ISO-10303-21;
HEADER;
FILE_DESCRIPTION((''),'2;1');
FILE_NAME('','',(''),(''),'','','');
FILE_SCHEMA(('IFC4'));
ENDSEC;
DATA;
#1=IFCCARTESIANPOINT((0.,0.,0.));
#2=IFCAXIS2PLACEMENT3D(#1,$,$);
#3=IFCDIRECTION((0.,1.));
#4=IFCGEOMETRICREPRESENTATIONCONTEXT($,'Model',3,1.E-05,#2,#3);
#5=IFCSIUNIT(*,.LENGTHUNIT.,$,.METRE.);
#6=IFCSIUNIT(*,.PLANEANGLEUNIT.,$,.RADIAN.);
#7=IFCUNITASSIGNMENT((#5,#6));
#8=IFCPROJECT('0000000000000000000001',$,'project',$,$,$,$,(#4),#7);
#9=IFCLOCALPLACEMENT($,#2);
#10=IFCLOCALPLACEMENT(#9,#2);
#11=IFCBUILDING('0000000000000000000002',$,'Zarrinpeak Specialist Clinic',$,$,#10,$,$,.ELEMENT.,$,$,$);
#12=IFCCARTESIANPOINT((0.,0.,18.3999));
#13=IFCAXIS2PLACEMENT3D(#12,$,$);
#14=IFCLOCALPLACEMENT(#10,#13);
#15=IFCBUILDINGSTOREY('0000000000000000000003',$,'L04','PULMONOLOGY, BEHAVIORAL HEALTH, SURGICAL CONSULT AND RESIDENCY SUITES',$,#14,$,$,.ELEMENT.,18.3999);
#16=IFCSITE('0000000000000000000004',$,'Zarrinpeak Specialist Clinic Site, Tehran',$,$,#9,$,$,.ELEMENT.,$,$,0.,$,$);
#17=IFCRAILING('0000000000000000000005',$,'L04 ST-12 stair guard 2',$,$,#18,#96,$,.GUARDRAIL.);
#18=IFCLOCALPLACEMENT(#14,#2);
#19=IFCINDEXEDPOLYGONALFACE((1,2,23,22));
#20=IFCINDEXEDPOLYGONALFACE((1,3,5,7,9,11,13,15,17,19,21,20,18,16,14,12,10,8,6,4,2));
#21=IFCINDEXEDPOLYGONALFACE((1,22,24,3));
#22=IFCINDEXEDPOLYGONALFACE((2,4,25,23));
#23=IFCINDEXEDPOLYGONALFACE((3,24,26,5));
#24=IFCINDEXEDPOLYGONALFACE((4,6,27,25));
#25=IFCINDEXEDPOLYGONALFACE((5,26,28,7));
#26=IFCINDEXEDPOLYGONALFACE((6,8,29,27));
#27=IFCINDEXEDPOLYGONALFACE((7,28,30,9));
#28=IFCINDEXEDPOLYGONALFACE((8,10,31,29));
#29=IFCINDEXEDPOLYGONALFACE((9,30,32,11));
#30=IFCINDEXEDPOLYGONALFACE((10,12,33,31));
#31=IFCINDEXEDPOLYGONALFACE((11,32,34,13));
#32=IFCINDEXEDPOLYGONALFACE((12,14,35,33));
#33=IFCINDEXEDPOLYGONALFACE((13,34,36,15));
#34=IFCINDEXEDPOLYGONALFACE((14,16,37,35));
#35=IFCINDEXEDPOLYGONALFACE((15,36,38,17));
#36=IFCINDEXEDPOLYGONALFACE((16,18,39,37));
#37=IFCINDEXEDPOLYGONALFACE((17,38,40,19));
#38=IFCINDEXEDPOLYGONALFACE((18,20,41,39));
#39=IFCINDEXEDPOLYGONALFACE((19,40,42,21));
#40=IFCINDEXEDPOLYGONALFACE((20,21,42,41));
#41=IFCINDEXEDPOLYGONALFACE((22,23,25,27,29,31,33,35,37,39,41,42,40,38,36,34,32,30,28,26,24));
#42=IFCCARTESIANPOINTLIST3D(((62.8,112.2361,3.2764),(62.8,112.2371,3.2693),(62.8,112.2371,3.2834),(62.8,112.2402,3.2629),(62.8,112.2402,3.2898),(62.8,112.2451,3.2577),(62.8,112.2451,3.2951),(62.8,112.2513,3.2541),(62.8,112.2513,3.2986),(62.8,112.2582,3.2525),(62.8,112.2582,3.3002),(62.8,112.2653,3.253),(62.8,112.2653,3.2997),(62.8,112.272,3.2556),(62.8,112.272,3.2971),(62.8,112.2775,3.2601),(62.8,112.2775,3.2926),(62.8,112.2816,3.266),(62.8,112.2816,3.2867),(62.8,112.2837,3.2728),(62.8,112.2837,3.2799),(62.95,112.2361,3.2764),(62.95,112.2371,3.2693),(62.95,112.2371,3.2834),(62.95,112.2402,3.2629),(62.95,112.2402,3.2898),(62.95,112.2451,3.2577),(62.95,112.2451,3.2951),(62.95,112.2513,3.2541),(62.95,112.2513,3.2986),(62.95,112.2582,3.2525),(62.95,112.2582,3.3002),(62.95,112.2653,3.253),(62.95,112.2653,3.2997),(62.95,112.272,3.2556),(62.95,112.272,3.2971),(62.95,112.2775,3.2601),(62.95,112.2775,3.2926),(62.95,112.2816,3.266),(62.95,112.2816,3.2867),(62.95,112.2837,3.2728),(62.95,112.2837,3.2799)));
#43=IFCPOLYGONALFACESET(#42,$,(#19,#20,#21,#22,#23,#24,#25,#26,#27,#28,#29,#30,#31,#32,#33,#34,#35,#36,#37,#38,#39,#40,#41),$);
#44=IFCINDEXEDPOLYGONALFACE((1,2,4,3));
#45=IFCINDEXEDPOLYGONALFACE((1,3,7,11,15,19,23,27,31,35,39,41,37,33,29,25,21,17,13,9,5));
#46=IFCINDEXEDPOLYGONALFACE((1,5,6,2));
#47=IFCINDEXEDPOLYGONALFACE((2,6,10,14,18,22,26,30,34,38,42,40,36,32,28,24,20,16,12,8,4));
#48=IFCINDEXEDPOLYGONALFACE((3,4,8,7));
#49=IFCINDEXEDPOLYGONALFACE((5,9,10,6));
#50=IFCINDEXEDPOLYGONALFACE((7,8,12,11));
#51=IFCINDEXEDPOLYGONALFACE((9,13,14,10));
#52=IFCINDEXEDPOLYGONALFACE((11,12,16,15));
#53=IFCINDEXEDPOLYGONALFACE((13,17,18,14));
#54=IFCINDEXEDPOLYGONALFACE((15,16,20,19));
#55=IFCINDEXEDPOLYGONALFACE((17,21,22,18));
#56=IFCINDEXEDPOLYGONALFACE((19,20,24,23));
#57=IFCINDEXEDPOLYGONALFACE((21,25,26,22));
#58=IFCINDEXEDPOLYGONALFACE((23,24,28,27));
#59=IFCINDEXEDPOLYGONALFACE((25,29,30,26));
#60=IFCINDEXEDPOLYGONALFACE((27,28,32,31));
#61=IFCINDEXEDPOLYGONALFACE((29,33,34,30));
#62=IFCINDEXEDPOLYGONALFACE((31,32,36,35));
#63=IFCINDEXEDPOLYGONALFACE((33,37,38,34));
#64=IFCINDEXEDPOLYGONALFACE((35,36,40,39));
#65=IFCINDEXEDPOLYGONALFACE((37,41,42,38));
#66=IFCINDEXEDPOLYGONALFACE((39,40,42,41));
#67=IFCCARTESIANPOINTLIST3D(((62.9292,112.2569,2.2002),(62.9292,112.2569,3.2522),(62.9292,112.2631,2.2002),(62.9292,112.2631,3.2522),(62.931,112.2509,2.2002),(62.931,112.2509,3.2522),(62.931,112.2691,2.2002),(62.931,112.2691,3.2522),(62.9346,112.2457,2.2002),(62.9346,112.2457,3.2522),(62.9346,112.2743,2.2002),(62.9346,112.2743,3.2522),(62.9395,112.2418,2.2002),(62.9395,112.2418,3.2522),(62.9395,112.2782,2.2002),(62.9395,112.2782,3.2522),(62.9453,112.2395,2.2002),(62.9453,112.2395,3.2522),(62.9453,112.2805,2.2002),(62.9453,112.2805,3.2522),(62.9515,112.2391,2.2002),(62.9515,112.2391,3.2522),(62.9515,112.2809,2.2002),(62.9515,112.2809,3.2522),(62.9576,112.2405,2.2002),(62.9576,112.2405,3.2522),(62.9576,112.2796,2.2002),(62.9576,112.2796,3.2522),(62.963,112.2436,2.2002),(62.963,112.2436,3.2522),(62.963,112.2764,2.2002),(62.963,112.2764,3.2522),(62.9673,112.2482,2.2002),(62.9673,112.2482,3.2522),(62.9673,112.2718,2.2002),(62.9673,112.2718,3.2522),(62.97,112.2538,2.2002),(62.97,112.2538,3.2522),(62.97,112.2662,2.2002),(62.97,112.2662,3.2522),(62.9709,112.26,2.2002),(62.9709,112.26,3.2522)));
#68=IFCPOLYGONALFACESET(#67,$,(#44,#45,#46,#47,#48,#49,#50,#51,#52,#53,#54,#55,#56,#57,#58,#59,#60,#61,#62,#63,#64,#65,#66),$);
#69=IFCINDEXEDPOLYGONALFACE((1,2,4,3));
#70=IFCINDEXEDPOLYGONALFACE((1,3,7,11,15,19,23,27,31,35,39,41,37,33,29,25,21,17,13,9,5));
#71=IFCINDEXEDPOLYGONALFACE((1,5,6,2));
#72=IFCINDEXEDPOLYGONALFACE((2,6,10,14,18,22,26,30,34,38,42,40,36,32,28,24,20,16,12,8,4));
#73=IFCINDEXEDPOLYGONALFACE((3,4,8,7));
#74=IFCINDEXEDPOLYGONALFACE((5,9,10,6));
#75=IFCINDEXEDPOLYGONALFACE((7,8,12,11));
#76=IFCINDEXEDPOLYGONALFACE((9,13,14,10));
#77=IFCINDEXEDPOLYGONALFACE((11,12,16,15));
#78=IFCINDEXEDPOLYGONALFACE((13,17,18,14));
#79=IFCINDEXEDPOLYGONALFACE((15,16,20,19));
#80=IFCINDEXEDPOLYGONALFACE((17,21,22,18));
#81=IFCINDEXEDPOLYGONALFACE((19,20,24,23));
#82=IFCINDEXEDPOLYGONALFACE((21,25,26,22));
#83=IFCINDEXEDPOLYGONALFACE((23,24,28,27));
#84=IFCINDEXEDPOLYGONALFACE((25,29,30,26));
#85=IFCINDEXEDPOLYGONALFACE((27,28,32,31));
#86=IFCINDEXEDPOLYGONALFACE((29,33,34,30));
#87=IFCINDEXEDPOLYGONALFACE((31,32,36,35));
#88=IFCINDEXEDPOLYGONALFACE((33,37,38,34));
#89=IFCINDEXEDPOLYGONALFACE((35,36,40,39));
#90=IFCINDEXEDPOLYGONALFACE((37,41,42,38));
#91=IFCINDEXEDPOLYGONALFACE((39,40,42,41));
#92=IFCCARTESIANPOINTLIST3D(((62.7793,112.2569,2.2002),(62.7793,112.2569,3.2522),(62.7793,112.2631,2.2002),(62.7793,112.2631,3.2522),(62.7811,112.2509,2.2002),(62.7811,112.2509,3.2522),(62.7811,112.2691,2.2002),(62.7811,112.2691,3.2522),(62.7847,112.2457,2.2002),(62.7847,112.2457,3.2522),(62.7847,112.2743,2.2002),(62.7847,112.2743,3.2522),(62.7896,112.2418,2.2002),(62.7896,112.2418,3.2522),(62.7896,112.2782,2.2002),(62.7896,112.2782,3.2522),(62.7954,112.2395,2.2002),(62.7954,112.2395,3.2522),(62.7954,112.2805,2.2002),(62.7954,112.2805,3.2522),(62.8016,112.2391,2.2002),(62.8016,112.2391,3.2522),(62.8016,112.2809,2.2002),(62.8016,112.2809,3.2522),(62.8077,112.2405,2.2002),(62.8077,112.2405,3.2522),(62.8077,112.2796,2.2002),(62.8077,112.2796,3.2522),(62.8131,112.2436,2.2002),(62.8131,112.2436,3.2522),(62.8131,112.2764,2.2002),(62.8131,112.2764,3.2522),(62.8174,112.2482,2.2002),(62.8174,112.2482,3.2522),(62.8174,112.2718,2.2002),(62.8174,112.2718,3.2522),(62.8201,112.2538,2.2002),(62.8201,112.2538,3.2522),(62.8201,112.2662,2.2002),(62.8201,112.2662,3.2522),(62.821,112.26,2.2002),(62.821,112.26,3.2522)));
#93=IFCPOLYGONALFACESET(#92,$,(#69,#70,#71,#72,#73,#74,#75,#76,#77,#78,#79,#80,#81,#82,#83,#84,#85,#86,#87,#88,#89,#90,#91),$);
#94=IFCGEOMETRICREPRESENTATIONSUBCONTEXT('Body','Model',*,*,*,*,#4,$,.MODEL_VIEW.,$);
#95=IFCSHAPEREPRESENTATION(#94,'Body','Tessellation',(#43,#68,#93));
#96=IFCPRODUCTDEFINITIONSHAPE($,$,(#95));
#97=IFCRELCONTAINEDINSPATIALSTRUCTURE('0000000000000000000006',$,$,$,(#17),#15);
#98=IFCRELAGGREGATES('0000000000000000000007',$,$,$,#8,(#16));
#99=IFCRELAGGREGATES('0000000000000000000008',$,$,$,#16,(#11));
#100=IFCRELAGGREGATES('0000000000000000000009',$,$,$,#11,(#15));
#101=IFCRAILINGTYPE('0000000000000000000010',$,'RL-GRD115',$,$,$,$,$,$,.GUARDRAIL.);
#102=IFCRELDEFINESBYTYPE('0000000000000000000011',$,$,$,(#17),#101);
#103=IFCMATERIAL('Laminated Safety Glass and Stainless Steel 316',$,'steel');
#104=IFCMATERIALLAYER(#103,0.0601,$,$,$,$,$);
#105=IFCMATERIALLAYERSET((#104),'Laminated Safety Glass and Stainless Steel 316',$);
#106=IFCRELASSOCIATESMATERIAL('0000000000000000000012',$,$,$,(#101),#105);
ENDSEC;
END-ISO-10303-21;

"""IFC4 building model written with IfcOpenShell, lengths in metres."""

from ifc_helpers import new_model, si_unit, direction, frame, origin, origin_2d, place, context, subcontext, project, spatial, circle, extrude, material, layer, layer_set, type_object, element, save


model = new_model("IFC4")

# Units and contexts
model_context = context("Model", 3, precision=1e-05, world=origin(), true_north=direction((0.0, 1.0)))
body_context = subcontext(model_context, "Body", "Model", "MODEL_VIEW")
ifc_project = project(units=[si_unit("LENGTHUNIT", "METRE"), si_unit("PLANEANGLEUNIT", "RADIAN")], contexts=[model_context])

# Site, building, storey
site_placement = place(None, origin())
site = spatial("IfcSite", under=ifc_project, at=site_placement, Name="Zarrinpeak Specialist Clinic Site, Tehran", CompositionType="ELEMENT", RefElevation=0.0)
building_placement = place(site_placement, origin())
building = spatial("IfcBuilding", under=site, at=building_placement, Name="Zarrinpeak Specialist Clinic", CompositionType="ELEMENT")
storey_placement = place(building_placement, frame((0.0, 0.0, 18.3999)))
storey = spatial("IfcBuildingStorey", under=building, at=storey_placement, Name="L04", Description="PULMONOLOGY, BEHAVIORAL HEALTH, SURGICAL CONSULT AND RESIDENCY SUITES", CompositionType="ELEMENT", Elevation=18.3999)

# Railing
ifc_material_1 = material(Name="Laminated Safety Glass and Stainless Steel 316", Category="steel")
ifc_layer_1 = layer(ifc_material_1, 0.0601)
ifc_layer_set_1 = layer_set([ifc_layer_1], Name="Laminated Safety Glass and Stainless Steel 316")
railing_type_1 = type_object("IfcRailingType", Name="RL-GRD115", PredefinedType="GUARDRAIL", material=ifc_layer_set_1)
railing_1_placement = place(storey_placement, frame((62.95, 112.26, 2.2002)))
element("IfcRailing", 1, at=railing_1_placement, inside=storey, type_object=railing_type_1, Name="L04 ST-12 stair guard 2", PredefinedType="GUARDRAIL", context=body_context, shape_type="SweptSolid", body=[
    extrude(circle(Radius=0.0239, at=origin_2d()), frame((0.0, 0.0, 1.0762), z_axis=(-1.0, 0.0, 0.0), x_axis=(0.0, -1.0, 0.0)), (0.0, 0.0, 1.0), 0.1499),
    extrude(circle(Radius=0.021, at=origin_2d()), origin(), (0.0, 0.0, 1.0), 1.052),
    extrude(circle(Radius=0.021, at=origin_2d()), frame((-0.1499, 0.0, 0.0)), (0.0, 0.0, 1.0), 1.052),
])

save(model, "model.ifc")
